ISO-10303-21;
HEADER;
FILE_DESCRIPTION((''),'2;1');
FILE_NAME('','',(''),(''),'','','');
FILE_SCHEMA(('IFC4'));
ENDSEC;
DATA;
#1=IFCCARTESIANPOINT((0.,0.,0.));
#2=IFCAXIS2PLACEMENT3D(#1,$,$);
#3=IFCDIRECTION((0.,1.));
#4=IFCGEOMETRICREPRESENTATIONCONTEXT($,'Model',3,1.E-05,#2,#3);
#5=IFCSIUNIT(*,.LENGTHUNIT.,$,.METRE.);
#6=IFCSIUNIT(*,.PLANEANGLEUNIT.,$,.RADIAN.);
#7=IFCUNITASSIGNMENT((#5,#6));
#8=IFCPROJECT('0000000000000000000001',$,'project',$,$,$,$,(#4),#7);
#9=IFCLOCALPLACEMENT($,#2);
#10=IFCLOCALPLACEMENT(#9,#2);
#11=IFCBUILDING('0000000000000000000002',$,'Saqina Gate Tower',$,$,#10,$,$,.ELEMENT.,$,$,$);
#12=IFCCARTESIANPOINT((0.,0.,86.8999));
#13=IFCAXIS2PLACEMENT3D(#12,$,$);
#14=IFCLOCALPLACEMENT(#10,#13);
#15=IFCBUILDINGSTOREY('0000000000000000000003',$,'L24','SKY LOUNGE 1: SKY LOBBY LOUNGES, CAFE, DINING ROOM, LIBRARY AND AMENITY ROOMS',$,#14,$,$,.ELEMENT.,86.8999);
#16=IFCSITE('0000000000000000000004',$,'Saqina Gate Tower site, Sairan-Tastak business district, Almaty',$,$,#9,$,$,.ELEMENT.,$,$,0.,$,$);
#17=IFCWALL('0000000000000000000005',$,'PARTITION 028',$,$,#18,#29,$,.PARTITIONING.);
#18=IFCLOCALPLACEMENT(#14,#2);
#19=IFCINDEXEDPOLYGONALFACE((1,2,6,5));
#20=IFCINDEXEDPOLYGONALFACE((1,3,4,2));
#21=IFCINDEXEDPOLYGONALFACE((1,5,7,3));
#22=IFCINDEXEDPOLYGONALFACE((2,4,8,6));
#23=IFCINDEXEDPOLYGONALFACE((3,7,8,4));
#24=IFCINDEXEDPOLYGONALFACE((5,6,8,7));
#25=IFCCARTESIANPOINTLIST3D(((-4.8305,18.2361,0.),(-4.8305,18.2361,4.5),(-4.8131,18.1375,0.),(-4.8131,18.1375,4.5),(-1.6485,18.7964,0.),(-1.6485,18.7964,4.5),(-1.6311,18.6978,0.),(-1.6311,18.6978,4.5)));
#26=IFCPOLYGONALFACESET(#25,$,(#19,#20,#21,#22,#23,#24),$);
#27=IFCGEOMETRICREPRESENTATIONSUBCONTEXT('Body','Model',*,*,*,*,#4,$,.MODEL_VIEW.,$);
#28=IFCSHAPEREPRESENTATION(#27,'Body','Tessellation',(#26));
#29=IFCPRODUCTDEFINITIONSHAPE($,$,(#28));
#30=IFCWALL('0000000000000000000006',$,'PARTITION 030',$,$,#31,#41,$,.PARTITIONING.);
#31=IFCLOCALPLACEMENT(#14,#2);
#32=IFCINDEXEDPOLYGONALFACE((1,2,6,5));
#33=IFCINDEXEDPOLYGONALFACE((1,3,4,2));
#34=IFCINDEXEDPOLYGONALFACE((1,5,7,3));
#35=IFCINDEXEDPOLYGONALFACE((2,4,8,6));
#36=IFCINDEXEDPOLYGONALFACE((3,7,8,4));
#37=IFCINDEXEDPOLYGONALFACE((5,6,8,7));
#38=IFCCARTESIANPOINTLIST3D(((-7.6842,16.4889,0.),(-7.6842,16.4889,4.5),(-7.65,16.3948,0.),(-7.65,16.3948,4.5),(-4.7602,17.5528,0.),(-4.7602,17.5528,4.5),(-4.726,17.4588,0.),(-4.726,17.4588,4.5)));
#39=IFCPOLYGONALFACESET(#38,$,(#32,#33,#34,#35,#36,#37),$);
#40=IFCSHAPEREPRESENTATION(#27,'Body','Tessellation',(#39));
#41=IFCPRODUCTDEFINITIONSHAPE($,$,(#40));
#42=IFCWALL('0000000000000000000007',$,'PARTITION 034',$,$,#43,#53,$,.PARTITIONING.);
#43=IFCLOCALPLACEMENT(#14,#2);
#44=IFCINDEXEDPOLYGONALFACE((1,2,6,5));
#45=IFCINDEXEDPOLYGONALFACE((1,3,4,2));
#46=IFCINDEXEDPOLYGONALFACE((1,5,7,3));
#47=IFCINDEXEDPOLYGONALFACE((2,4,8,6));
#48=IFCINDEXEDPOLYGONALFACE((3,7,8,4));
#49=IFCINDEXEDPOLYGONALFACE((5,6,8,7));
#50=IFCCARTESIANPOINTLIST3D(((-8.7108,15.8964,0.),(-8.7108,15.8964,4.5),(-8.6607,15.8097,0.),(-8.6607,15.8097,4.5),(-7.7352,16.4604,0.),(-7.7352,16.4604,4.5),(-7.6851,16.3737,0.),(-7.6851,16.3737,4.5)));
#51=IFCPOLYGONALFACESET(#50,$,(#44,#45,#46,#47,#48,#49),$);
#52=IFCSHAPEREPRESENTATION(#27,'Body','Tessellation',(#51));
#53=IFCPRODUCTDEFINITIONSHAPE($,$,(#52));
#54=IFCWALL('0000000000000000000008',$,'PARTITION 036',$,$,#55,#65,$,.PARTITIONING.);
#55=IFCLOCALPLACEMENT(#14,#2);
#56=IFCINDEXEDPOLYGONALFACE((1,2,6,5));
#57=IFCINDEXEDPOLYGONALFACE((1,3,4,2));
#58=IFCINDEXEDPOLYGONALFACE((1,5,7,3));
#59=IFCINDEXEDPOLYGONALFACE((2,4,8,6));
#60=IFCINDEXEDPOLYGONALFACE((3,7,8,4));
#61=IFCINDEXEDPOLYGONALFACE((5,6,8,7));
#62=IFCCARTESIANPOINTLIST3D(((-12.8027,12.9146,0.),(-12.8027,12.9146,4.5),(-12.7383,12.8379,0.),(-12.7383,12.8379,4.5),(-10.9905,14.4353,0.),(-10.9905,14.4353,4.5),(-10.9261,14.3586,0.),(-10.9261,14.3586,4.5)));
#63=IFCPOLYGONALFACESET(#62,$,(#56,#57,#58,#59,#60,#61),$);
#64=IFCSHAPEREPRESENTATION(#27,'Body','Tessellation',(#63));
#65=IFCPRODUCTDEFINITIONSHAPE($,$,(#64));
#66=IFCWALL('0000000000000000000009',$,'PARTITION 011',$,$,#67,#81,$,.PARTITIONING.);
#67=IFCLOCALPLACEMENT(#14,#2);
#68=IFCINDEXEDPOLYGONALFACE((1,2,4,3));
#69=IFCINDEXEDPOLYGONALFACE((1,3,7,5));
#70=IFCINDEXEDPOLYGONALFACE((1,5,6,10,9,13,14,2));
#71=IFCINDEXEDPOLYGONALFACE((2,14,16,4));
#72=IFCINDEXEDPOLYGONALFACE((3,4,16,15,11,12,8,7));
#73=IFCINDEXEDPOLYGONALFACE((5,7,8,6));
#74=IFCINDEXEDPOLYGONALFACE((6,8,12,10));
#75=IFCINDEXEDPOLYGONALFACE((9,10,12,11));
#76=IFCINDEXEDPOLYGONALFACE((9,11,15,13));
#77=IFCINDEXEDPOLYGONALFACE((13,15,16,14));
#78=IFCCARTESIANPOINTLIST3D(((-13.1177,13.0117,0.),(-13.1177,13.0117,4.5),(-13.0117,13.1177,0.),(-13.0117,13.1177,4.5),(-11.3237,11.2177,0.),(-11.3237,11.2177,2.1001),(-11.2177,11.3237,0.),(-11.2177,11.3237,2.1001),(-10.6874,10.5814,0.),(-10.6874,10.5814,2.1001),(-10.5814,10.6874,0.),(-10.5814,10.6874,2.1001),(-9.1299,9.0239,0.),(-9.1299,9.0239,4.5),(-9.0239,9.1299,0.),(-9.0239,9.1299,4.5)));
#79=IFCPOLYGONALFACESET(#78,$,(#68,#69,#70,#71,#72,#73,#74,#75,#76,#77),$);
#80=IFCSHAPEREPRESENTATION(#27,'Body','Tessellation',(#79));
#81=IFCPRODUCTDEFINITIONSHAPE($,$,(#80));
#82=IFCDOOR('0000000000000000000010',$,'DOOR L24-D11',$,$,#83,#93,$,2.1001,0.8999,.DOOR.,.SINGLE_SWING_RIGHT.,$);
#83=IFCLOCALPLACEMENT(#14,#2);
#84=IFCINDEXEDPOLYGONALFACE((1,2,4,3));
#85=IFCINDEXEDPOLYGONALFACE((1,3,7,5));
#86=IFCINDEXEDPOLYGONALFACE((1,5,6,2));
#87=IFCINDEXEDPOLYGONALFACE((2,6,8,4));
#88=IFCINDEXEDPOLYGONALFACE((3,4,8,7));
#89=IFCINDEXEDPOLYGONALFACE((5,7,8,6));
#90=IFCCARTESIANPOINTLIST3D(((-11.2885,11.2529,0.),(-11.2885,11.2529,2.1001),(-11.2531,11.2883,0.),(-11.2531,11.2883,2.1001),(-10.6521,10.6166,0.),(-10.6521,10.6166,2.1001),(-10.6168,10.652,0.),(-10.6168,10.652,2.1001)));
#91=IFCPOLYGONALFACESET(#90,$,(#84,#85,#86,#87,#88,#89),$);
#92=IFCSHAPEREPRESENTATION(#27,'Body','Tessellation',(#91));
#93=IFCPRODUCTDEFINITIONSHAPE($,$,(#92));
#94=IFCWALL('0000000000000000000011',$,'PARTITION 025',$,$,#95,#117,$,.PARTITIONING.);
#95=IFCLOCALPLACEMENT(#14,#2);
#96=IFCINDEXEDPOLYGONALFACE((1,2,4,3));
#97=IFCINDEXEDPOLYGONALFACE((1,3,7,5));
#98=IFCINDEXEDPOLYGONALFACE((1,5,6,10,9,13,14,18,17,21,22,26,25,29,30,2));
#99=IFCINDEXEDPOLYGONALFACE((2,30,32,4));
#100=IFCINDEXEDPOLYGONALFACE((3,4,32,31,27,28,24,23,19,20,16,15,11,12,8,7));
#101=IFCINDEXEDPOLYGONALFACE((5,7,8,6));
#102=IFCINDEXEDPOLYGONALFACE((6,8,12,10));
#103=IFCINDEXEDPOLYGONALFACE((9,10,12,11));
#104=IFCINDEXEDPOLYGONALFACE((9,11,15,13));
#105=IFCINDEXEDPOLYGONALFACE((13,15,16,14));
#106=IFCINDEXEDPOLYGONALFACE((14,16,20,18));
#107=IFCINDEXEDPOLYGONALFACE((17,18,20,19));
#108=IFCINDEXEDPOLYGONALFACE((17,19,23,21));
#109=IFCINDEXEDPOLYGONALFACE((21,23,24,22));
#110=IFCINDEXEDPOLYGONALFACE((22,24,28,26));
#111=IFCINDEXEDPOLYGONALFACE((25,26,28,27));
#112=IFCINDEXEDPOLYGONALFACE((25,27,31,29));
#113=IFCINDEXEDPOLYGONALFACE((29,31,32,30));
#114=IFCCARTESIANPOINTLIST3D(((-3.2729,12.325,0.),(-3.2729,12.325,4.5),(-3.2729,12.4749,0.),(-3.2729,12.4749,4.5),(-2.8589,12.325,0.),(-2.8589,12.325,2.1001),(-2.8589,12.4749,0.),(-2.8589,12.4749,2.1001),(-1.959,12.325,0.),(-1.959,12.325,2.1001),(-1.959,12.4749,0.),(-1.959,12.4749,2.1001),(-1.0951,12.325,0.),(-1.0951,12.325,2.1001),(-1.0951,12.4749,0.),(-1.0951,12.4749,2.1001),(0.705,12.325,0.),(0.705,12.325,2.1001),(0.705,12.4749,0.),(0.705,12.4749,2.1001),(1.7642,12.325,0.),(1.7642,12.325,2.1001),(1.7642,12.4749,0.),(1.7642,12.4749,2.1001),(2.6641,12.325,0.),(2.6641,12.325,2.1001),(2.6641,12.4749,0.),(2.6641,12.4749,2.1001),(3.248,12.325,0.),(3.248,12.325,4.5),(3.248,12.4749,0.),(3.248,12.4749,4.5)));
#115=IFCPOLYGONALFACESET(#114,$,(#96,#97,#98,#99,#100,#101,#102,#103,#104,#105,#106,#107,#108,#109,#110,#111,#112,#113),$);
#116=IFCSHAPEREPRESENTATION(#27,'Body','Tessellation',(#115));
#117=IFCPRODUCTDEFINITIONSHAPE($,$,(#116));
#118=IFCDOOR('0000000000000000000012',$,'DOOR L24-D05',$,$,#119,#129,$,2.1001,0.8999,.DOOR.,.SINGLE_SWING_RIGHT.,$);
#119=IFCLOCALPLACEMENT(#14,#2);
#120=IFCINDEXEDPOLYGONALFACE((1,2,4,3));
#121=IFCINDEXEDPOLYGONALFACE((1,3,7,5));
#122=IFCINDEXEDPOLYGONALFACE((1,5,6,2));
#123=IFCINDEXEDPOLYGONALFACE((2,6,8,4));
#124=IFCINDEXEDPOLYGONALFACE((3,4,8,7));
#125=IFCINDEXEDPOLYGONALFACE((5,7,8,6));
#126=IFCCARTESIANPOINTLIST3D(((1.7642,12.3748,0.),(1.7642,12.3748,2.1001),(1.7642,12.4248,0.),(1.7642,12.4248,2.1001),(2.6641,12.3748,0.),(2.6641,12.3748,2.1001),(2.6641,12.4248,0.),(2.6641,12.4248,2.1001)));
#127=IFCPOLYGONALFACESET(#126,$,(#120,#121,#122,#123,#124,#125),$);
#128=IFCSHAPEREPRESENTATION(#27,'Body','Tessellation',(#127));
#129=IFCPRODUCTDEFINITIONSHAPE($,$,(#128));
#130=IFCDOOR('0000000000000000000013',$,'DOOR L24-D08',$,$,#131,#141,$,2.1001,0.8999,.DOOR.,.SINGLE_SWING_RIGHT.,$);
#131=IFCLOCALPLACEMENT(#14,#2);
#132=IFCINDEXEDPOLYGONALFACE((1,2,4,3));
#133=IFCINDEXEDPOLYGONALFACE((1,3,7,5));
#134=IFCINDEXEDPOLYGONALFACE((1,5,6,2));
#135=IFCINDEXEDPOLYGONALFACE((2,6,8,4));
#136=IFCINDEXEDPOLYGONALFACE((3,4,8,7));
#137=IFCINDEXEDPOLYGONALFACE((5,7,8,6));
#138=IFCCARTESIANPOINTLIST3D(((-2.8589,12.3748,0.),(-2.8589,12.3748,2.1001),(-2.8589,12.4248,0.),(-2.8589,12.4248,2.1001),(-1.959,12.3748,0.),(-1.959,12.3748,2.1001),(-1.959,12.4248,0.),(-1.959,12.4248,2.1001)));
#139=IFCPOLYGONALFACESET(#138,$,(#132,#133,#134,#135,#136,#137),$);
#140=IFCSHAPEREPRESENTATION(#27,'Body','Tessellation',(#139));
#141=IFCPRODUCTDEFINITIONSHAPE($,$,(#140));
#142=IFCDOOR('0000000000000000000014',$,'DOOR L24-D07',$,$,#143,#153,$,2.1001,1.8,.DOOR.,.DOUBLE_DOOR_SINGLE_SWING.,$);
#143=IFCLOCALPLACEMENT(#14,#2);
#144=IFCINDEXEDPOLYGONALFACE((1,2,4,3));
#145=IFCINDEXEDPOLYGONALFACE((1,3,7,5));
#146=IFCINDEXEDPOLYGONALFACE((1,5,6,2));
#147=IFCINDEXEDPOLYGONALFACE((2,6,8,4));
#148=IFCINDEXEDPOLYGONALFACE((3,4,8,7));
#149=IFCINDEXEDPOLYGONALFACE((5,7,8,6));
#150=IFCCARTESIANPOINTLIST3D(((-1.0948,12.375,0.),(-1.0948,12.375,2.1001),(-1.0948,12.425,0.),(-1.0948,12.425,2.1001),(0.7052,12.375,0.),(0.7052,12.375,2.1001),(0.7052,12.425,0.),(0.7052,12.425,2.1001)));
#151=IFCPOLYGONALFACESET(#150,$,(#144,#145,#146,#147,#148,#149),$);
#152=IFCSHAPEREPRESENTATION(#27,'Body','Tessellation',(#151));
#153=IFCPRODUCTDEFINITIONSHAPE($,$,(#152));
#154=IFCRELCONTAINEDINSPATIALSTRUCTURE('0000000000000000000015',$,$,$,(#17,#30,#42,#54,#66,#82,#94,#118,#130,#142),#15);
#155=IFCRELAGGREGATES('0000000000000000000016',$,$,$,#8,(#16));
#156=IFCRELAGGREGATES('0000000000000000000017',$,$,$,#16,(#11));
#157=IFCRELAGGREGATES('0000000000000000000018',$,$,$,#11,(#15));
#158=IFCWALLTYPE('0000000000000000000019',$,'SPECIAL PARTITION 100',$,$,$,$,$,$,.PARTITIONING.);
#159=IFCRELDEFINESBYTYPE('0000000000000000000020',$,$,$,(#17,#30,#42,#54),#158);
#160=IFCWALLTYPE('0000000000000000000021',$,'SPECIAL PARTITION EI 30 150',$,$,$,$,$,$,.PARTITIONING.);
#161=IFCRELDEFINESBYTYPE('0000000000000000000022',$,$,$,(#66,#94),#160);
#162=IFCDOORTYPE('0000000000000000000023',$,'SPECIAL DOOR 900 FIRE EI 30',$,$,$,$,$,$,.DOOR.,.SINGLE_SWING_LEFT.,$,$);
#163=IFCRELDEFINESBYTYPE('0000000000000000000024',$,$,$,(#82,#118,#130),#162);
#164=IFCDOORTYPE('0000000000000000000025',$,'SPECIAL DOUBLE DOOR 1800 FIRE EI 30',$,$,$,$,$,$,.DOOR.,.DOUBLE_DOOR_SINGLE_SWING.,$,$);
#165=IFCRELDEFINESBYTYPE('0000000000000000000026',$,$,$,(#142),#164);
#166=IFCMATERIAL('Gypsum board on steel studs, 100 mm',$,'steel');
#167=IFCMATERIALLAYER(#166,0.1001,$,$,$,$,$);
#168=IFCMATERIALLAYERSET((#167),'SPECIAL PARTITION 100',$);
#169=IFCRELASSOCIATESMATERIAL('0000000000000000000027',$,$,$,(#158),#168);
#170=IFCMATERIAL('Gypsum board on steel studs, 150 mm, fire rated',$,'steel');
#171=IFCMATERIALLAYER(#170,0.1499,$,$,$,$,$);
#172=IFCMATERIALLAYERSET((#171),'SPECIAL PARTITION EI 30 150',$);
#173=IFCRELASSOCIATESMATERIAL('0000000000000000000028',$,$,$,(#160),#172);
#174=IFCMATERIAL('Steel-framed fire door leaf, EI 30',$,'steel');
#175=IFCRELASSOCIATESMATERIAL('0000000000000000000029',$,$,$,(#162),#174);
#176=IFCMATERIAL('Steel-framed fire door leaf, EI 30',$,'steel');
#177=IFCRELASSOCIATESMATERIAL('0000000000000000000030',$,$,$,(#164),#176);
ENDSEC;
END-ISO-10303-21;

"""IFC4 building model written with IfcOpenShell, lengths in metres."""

from ifc_helpers import new_model, si_unit, direction, frame, frame_2d, origin, place, context, subcontext, project, spatial, rectangle, extrude, material, layer, layer_set, type_object, element, fill, save


model = new_model("IFC4")

# Units and contexts
model_context = context("Model", 3, precision=1e-05, world=origin(), true_north=direction((0.0, 1.0)))
body_context = subcontext(model_context, "Body", "Model", "MODEL_VIEW")
ifc_project = project(units=[si_unit("LENGTHUNIT", "METRE"), si_unit("PLANEANGLEUNIT", "RADIAN")], contexts=[model_context])

# Site, building, storey
site_placement = place(None, origin())
site = spatial("IfcSite", under=ifc_project, at=site_placement, Name="Saqina Gate Tower site, Sairan-Tastak business district, Almaty", CompositionType="ELEMENT", RefElevation=0.0)
building_placement = place(site_placement, origin())
building = spatial("IfcBuilding", under=site, at=building_placement, Name="Saqina Gate Tower", CompositionType="ELEMENT")
storey_placement = place(building_placement, frame((0.0, 0.0, 86.8999)))
storey = spatial("IfcBuildingStorey", under=building, at=storey_placement, Name="L24", Description="SKY LOUNGE 1: SKY LOBBY LOUNGES, CAFE, DINING ROOM, LIBRARY AND AMENITY ROOMS", CompositionType="ELEMENT", Elevation=86.8999)

# Walls
ifc_material_1 = material(Name="Gypsum board on steel studs, 100 mm", Category="steel")
ifc_layer_1 = layer(ifc_material_1, 0.1001)
ifc_layer_set_1 = layer_set([ifc_layer_1], Name="SPECIAL PARTITION 100")
wall_type_1 = type_object("IfcWallType", Name="SPECIAL PARTITION 100", PredefinedType="PARTITIONING", material=ifc_layer_set_1)
wall_1_placement = place(storey_placement, frame((-4.8218, 18.1868, 0.0), z_axis=(0.0, 0.0, 1.0), x_axis=(0.984847, 0.173423, 0.0)))
element("IfcWall", 1, at=wall_1_placement, inside=storey, type_object=wall_type_1, Name="PARTITION 028", PredefinedType="PARTITIONING", context=body_context, shape_type="SweptSolid", body=[
    extrude(rectangle(XDim=3.231, YDim=0.1001, at=frame_2d((1.6155, 0.0))), origin(), (0.0, 0.0, 1.0), 4.5),
])
wall_2_placement = place(storey_placement, frame((-7.667, 16.4419, 0.0), z_axis=(0.0, 0.0, 1.0), x_axis=(0.939725, 0.341932, 0.0)))
element("IfcWall", 2, at=wall_2_placement, inside=storey, type_object=wall_type_1, Name="PARTITION 030", PredefinedType="PARTITIONING", context=body_context, shape_type="SweptSolid", body=[
    extrude(rectangle(XDim=3.1116, YDim=0.1001, at=frame_2d((1.5557, 0.0))), origin(), (0.0, 0.0, 1.0), 4.5),
])
wall_3_placement = place(storey_placement, frame((-8.6858, 15.853, 0.0), z_axis=(0.0, 0.0, 1.0), x_axis=(0.865752, 0.500473, 0.0)))
element("IfcWall", 3, at=wall_3_placement, inside=storey, type_object=wall_type_1, Name="PARTITION 034", PredefinedType="PARTITIONING", context=body_context, shape_type="SweptSolid", body=[
    extrude(rectangle(XDim=1.127, YDim=0.1001, at=frame_2d((0.5635, 0.0))), origin(), (0.0, 0.0, 1.0), 4.5),
])
wall_4_placement = place(storey_placement, frame((-12.7705, 12.8762, 0.0), z_axis=(0.0, 0.0, 1.0), x_axis=(0.766026, 0.64281, 0.0)))
element("IfcWall", 4, at=wall_4_placement, inside=storey, type_object=wall_type_1, Name="PARTITION 036", PredefinedType="PARTITIONING", context=body_context, shape_type="SweptSolid", body=[
    extrude(rectangle(XDim=2.3657, YDim=0.1001, at=frame_2d((1.1829, 0.0))), origin(), (0.0, 0.0, 1.0), 4.5),
])

# Wall, opening, door
ifc_material_2 = material(Name="Gypsum board on steel studs, 150 mm, fire rated", Category="steel")
ifc_layer_2 = layer(ifc_material_2, 0.1499)
ifc_layer_set_2 = layer_set([ifc_layer_2], Name="SPECIAL PARTITION EI 30 150")
wall_type_2 = type_object("IfcWallType", Name="SPECIAL PARTITION EI 30 150", PredefinedType="PARTITIONING", material=ifc_layer_set_2)
wall_5_placement = place(storey_placement, frame((-13.0647, 13.0647, 0.0), z_axis=(0.0, 0.0, 1.0), x_axis=(0.707107, -0.707107, 0.0)))
wall_5 = element("IfcWall", 5, at=wall_5_placement, inside=storey, type_object=wall_type_2, Name="PARTITION 011", PredefinedType="PARTITIONING", context=body_context, shape_type="SweptSolid", body=[
    extrude(rectangle(XDim=5.6396, YDim=0.1499, at=frame_2d((2.8198, 0.0))), origin(), (0.0, 0.0, 1.0), 4.5),
])
opening_1_placement = place(wall_5_placement, frame((2.5371, 0.0, 0.0)))
opening_1 = element("IfcOpeningElement", 6, at=opening_1_placement, cuts=wall_5, PredefinedType="OPENING", context=body_context, shape_type="SweptSolid", body=[
    extrude(rectangle(XDim=0.8999, YDim=2.1001, at=frame_2d((0.45, 1.05))), frame((0.0, 0.0869, 0.0), z_axis=(0.0, -1.0, 0.0), x_axis=(1.0, 0.0, 0.0)), (0.0, 0.0, 1.0), 0.1738),
])
ifc_material_3 = material(Name="Steel-framed fire door leaf, EI 30", Category="steel")
door_type_1 = type_object("IfcDoorType", Name="SPECIAL DOOR 900 FIRE EI 30", OperationType="SINGLE_SWING_LEFT", PredefinedType="DOOR", material=ifc_material_3)
door_1_placement = place(opening_1_placement, origin())
door_1 = element("IfcDoor", 7, at=door_1_placement, inside=storey, type_object=door_type_1, Name="DOOR L24-D11", OperationType="SINGLE_SWING_RIGHT", OverallHeight=2.1001, OverallWidth=0.8999, PredefinedType="DOOR", context=body_context, shape_type="SweptSolid", body=[
    extrude(rectangle(XDim=0.8999, YDim=2.1001, at=frame_2d((0.45, 1.05))), frame((0.0, 0.0249, 0.0), z_axis=(0.0, -1.0, 0.0), x_axis=(1.0, 0.0, 0.0)), (0.0, 0.0, 1.0), 0.05),
])
fill(opening_1, door_1)

# Wall, openings, doors
wall_6_placement = place(storey_placement, frame((-3.2729, 12.3999, 0.0), z_axis=(0.0, 0.0, 1.0), x_axis=(1.0, 0.0, 0.0)))
wall_6 = element("IfcWall", 8, at=wall_6_placement, inside=storey, type_object=wall_type_2, Name="PARTITION 025", PredefinedType="PARTITIONING", context=body_context, shape_type="SweptSolid", body=[
    extrude(rectangle(XDim=6.521, YDim=0.1499, at=frame_2d((3.2605, 0.0))), origin(), (0.0, 0.0, 1.0), 4.5),
])
opening_2_placement = place(wall_6_placement, frame((5.0371, 0.0, 0.0)))
opening_2 = element("IfcOpeningElement", 9, at=opening_2_placement, cuts=wall_6, PredefinedType="OPENING", context=body_context, shape_type="SweptSolid", body=[
    extrude(rectangle(XDim=0.8999, YDim=2.1001, at=frame_2d((0.45, 1.05))), frame((0.0, 0.0869, 0.0), z_axis=(0.0, -1.0, 0.0), x_axis=(1.0, 0.0, 0.0)), (0.0, 0.0, 1.0), 0.1738),
])
opening_3_placement = place(wall_6_placement, frame((2.178, 0.0, 0.0)))
opening_3 = element("IfcOpeningElement", 10, at=opening_3_placement, cuts=wall_6, PredefinedType="OPENING", context=body_context, shape_type="SweptSolid", body=[
    extrude(rectangle(XDim=1.8, YDim=2.1001, at=frame_2d((0.8999, 1.05))), frame((0.0, 0.0869, 0.0), z_axis=(0.0, -1.0, 0.0), x_axis=(1.0, 0.0, 0.0)), (0.0, 0.0, 1.0), 0.1738),
])
opening_4_placement = place(wall_6_placement, frame((0.4141, 0.0, 0.0)))
opening_4 = element("IfcOpeningElement", 11, at=opening_4_placement, cuts=wall_6, PredefinedType="OPENING", context=body_context, shape_type="SweptSolid", body=[
    extrude(rectangle(XDim=0.8999, YDim=2.1001, at=frame_2d((0.45, 1.05))), frame((0.0, 0.0869, 0.0), z_axis=(0.0, -1.0, 0.0), x_axis=(1.0, 0.0, 0.0)), (0.0, 0.0, 1.0), 0.1738),
])
door_2_placement = place(opening_2_placement, origin())
door_2 = element("IfcDoor", 12, at=door_2_placement, inside=storey, type_object=door_type_1, Name="DOOR L24-D05", OperationType="SINGLE_SWING_RIGHT", OverallHeight=2.1001, OverallWidth=0.8999, PredefinedType="DOOR", context=body_context, shape_type="SweptSolid", body=[
    extrude(rectangle(XDim=0.8999, YDim=2.1001, at=frame_2d((0.45, 1.05))), frame((0.0, 0.0249, 0.0), z_axis=(0.0, -1.0, 0.0), x_axis=(1.0, 0.0, 0.0)), (0.0, 0.0, 1.0), 0.05),
])
fill(opening_2, door_2)
door_3_placement = place(opening_4_placement, origin())
door_3 = element("IfcDoor", 13, at=door_3_placement, inside=storey, type_object=door_type_1, Name="DOOR L24-D08", OperationType="SINGLE_SWING_RIGHT", OverallHeight=2.1001, OverallWidth=0.8999, PredefinedType="DOOR", context=body_context, shape_type="SweptSolid", body=[
    extrude(rectangle(XDim=0.8999, YDim=2.1001, at=frame_2d((0.45, 1.05))), frame((0.0, 0.0249, 0.0), z_axis=(0.0, -1.0, 0.0), x_axis=(1.0, 0.0, 0.0)), (0.0, 0.0, 1.0), 0.05),
])
fill(opening_4, door_3)
ifc_material_4 = material(Name="Steel-framed fire door leaf, EI 30", Category="steel")
door_type_2 = type_object("IfcDoorType", Name="SPECIAL DOUBLE DOOR 1800 FIRE EI 30", OperationType="DOUBLE_DOOR_SINGLE_SWING", PredefinedType="DOOR", material=ifc_material_4)
door_4_placement = place(opening_3_placement, frame((1.8, 0.0, 0.0), z_axis=(0.0, 0.0, 1.0), x_axis=(-1.0, 0.0, 0.0)))
door_4 = element("IfcDoor", 14, at=door_4_placement, inside=storey, type_object=door_type_2, Name="DOOR L24-D07", OperationType="DOUBLE_DOOR_SINGLE_SWING", OverallHeight=2.1001, OverallWidth=1.8, PredefinedType="DOOR", context=body_context, shape_type="SweptSolid", body=[
    extrude(rectangle(XDim=1.8, YDim=2.1001, at=frame_2d((0.8999, 1.05))), frame((0.0, 0.0249, 0.0), z_axis=(0.0, -1.0, 0.0), x_axis=(1.0, 0.0, 0.0)), (0.0, 0.0, 1.0), 0.05),
])
fill(opening_3, door_4)

save(model, "model.ifc")
